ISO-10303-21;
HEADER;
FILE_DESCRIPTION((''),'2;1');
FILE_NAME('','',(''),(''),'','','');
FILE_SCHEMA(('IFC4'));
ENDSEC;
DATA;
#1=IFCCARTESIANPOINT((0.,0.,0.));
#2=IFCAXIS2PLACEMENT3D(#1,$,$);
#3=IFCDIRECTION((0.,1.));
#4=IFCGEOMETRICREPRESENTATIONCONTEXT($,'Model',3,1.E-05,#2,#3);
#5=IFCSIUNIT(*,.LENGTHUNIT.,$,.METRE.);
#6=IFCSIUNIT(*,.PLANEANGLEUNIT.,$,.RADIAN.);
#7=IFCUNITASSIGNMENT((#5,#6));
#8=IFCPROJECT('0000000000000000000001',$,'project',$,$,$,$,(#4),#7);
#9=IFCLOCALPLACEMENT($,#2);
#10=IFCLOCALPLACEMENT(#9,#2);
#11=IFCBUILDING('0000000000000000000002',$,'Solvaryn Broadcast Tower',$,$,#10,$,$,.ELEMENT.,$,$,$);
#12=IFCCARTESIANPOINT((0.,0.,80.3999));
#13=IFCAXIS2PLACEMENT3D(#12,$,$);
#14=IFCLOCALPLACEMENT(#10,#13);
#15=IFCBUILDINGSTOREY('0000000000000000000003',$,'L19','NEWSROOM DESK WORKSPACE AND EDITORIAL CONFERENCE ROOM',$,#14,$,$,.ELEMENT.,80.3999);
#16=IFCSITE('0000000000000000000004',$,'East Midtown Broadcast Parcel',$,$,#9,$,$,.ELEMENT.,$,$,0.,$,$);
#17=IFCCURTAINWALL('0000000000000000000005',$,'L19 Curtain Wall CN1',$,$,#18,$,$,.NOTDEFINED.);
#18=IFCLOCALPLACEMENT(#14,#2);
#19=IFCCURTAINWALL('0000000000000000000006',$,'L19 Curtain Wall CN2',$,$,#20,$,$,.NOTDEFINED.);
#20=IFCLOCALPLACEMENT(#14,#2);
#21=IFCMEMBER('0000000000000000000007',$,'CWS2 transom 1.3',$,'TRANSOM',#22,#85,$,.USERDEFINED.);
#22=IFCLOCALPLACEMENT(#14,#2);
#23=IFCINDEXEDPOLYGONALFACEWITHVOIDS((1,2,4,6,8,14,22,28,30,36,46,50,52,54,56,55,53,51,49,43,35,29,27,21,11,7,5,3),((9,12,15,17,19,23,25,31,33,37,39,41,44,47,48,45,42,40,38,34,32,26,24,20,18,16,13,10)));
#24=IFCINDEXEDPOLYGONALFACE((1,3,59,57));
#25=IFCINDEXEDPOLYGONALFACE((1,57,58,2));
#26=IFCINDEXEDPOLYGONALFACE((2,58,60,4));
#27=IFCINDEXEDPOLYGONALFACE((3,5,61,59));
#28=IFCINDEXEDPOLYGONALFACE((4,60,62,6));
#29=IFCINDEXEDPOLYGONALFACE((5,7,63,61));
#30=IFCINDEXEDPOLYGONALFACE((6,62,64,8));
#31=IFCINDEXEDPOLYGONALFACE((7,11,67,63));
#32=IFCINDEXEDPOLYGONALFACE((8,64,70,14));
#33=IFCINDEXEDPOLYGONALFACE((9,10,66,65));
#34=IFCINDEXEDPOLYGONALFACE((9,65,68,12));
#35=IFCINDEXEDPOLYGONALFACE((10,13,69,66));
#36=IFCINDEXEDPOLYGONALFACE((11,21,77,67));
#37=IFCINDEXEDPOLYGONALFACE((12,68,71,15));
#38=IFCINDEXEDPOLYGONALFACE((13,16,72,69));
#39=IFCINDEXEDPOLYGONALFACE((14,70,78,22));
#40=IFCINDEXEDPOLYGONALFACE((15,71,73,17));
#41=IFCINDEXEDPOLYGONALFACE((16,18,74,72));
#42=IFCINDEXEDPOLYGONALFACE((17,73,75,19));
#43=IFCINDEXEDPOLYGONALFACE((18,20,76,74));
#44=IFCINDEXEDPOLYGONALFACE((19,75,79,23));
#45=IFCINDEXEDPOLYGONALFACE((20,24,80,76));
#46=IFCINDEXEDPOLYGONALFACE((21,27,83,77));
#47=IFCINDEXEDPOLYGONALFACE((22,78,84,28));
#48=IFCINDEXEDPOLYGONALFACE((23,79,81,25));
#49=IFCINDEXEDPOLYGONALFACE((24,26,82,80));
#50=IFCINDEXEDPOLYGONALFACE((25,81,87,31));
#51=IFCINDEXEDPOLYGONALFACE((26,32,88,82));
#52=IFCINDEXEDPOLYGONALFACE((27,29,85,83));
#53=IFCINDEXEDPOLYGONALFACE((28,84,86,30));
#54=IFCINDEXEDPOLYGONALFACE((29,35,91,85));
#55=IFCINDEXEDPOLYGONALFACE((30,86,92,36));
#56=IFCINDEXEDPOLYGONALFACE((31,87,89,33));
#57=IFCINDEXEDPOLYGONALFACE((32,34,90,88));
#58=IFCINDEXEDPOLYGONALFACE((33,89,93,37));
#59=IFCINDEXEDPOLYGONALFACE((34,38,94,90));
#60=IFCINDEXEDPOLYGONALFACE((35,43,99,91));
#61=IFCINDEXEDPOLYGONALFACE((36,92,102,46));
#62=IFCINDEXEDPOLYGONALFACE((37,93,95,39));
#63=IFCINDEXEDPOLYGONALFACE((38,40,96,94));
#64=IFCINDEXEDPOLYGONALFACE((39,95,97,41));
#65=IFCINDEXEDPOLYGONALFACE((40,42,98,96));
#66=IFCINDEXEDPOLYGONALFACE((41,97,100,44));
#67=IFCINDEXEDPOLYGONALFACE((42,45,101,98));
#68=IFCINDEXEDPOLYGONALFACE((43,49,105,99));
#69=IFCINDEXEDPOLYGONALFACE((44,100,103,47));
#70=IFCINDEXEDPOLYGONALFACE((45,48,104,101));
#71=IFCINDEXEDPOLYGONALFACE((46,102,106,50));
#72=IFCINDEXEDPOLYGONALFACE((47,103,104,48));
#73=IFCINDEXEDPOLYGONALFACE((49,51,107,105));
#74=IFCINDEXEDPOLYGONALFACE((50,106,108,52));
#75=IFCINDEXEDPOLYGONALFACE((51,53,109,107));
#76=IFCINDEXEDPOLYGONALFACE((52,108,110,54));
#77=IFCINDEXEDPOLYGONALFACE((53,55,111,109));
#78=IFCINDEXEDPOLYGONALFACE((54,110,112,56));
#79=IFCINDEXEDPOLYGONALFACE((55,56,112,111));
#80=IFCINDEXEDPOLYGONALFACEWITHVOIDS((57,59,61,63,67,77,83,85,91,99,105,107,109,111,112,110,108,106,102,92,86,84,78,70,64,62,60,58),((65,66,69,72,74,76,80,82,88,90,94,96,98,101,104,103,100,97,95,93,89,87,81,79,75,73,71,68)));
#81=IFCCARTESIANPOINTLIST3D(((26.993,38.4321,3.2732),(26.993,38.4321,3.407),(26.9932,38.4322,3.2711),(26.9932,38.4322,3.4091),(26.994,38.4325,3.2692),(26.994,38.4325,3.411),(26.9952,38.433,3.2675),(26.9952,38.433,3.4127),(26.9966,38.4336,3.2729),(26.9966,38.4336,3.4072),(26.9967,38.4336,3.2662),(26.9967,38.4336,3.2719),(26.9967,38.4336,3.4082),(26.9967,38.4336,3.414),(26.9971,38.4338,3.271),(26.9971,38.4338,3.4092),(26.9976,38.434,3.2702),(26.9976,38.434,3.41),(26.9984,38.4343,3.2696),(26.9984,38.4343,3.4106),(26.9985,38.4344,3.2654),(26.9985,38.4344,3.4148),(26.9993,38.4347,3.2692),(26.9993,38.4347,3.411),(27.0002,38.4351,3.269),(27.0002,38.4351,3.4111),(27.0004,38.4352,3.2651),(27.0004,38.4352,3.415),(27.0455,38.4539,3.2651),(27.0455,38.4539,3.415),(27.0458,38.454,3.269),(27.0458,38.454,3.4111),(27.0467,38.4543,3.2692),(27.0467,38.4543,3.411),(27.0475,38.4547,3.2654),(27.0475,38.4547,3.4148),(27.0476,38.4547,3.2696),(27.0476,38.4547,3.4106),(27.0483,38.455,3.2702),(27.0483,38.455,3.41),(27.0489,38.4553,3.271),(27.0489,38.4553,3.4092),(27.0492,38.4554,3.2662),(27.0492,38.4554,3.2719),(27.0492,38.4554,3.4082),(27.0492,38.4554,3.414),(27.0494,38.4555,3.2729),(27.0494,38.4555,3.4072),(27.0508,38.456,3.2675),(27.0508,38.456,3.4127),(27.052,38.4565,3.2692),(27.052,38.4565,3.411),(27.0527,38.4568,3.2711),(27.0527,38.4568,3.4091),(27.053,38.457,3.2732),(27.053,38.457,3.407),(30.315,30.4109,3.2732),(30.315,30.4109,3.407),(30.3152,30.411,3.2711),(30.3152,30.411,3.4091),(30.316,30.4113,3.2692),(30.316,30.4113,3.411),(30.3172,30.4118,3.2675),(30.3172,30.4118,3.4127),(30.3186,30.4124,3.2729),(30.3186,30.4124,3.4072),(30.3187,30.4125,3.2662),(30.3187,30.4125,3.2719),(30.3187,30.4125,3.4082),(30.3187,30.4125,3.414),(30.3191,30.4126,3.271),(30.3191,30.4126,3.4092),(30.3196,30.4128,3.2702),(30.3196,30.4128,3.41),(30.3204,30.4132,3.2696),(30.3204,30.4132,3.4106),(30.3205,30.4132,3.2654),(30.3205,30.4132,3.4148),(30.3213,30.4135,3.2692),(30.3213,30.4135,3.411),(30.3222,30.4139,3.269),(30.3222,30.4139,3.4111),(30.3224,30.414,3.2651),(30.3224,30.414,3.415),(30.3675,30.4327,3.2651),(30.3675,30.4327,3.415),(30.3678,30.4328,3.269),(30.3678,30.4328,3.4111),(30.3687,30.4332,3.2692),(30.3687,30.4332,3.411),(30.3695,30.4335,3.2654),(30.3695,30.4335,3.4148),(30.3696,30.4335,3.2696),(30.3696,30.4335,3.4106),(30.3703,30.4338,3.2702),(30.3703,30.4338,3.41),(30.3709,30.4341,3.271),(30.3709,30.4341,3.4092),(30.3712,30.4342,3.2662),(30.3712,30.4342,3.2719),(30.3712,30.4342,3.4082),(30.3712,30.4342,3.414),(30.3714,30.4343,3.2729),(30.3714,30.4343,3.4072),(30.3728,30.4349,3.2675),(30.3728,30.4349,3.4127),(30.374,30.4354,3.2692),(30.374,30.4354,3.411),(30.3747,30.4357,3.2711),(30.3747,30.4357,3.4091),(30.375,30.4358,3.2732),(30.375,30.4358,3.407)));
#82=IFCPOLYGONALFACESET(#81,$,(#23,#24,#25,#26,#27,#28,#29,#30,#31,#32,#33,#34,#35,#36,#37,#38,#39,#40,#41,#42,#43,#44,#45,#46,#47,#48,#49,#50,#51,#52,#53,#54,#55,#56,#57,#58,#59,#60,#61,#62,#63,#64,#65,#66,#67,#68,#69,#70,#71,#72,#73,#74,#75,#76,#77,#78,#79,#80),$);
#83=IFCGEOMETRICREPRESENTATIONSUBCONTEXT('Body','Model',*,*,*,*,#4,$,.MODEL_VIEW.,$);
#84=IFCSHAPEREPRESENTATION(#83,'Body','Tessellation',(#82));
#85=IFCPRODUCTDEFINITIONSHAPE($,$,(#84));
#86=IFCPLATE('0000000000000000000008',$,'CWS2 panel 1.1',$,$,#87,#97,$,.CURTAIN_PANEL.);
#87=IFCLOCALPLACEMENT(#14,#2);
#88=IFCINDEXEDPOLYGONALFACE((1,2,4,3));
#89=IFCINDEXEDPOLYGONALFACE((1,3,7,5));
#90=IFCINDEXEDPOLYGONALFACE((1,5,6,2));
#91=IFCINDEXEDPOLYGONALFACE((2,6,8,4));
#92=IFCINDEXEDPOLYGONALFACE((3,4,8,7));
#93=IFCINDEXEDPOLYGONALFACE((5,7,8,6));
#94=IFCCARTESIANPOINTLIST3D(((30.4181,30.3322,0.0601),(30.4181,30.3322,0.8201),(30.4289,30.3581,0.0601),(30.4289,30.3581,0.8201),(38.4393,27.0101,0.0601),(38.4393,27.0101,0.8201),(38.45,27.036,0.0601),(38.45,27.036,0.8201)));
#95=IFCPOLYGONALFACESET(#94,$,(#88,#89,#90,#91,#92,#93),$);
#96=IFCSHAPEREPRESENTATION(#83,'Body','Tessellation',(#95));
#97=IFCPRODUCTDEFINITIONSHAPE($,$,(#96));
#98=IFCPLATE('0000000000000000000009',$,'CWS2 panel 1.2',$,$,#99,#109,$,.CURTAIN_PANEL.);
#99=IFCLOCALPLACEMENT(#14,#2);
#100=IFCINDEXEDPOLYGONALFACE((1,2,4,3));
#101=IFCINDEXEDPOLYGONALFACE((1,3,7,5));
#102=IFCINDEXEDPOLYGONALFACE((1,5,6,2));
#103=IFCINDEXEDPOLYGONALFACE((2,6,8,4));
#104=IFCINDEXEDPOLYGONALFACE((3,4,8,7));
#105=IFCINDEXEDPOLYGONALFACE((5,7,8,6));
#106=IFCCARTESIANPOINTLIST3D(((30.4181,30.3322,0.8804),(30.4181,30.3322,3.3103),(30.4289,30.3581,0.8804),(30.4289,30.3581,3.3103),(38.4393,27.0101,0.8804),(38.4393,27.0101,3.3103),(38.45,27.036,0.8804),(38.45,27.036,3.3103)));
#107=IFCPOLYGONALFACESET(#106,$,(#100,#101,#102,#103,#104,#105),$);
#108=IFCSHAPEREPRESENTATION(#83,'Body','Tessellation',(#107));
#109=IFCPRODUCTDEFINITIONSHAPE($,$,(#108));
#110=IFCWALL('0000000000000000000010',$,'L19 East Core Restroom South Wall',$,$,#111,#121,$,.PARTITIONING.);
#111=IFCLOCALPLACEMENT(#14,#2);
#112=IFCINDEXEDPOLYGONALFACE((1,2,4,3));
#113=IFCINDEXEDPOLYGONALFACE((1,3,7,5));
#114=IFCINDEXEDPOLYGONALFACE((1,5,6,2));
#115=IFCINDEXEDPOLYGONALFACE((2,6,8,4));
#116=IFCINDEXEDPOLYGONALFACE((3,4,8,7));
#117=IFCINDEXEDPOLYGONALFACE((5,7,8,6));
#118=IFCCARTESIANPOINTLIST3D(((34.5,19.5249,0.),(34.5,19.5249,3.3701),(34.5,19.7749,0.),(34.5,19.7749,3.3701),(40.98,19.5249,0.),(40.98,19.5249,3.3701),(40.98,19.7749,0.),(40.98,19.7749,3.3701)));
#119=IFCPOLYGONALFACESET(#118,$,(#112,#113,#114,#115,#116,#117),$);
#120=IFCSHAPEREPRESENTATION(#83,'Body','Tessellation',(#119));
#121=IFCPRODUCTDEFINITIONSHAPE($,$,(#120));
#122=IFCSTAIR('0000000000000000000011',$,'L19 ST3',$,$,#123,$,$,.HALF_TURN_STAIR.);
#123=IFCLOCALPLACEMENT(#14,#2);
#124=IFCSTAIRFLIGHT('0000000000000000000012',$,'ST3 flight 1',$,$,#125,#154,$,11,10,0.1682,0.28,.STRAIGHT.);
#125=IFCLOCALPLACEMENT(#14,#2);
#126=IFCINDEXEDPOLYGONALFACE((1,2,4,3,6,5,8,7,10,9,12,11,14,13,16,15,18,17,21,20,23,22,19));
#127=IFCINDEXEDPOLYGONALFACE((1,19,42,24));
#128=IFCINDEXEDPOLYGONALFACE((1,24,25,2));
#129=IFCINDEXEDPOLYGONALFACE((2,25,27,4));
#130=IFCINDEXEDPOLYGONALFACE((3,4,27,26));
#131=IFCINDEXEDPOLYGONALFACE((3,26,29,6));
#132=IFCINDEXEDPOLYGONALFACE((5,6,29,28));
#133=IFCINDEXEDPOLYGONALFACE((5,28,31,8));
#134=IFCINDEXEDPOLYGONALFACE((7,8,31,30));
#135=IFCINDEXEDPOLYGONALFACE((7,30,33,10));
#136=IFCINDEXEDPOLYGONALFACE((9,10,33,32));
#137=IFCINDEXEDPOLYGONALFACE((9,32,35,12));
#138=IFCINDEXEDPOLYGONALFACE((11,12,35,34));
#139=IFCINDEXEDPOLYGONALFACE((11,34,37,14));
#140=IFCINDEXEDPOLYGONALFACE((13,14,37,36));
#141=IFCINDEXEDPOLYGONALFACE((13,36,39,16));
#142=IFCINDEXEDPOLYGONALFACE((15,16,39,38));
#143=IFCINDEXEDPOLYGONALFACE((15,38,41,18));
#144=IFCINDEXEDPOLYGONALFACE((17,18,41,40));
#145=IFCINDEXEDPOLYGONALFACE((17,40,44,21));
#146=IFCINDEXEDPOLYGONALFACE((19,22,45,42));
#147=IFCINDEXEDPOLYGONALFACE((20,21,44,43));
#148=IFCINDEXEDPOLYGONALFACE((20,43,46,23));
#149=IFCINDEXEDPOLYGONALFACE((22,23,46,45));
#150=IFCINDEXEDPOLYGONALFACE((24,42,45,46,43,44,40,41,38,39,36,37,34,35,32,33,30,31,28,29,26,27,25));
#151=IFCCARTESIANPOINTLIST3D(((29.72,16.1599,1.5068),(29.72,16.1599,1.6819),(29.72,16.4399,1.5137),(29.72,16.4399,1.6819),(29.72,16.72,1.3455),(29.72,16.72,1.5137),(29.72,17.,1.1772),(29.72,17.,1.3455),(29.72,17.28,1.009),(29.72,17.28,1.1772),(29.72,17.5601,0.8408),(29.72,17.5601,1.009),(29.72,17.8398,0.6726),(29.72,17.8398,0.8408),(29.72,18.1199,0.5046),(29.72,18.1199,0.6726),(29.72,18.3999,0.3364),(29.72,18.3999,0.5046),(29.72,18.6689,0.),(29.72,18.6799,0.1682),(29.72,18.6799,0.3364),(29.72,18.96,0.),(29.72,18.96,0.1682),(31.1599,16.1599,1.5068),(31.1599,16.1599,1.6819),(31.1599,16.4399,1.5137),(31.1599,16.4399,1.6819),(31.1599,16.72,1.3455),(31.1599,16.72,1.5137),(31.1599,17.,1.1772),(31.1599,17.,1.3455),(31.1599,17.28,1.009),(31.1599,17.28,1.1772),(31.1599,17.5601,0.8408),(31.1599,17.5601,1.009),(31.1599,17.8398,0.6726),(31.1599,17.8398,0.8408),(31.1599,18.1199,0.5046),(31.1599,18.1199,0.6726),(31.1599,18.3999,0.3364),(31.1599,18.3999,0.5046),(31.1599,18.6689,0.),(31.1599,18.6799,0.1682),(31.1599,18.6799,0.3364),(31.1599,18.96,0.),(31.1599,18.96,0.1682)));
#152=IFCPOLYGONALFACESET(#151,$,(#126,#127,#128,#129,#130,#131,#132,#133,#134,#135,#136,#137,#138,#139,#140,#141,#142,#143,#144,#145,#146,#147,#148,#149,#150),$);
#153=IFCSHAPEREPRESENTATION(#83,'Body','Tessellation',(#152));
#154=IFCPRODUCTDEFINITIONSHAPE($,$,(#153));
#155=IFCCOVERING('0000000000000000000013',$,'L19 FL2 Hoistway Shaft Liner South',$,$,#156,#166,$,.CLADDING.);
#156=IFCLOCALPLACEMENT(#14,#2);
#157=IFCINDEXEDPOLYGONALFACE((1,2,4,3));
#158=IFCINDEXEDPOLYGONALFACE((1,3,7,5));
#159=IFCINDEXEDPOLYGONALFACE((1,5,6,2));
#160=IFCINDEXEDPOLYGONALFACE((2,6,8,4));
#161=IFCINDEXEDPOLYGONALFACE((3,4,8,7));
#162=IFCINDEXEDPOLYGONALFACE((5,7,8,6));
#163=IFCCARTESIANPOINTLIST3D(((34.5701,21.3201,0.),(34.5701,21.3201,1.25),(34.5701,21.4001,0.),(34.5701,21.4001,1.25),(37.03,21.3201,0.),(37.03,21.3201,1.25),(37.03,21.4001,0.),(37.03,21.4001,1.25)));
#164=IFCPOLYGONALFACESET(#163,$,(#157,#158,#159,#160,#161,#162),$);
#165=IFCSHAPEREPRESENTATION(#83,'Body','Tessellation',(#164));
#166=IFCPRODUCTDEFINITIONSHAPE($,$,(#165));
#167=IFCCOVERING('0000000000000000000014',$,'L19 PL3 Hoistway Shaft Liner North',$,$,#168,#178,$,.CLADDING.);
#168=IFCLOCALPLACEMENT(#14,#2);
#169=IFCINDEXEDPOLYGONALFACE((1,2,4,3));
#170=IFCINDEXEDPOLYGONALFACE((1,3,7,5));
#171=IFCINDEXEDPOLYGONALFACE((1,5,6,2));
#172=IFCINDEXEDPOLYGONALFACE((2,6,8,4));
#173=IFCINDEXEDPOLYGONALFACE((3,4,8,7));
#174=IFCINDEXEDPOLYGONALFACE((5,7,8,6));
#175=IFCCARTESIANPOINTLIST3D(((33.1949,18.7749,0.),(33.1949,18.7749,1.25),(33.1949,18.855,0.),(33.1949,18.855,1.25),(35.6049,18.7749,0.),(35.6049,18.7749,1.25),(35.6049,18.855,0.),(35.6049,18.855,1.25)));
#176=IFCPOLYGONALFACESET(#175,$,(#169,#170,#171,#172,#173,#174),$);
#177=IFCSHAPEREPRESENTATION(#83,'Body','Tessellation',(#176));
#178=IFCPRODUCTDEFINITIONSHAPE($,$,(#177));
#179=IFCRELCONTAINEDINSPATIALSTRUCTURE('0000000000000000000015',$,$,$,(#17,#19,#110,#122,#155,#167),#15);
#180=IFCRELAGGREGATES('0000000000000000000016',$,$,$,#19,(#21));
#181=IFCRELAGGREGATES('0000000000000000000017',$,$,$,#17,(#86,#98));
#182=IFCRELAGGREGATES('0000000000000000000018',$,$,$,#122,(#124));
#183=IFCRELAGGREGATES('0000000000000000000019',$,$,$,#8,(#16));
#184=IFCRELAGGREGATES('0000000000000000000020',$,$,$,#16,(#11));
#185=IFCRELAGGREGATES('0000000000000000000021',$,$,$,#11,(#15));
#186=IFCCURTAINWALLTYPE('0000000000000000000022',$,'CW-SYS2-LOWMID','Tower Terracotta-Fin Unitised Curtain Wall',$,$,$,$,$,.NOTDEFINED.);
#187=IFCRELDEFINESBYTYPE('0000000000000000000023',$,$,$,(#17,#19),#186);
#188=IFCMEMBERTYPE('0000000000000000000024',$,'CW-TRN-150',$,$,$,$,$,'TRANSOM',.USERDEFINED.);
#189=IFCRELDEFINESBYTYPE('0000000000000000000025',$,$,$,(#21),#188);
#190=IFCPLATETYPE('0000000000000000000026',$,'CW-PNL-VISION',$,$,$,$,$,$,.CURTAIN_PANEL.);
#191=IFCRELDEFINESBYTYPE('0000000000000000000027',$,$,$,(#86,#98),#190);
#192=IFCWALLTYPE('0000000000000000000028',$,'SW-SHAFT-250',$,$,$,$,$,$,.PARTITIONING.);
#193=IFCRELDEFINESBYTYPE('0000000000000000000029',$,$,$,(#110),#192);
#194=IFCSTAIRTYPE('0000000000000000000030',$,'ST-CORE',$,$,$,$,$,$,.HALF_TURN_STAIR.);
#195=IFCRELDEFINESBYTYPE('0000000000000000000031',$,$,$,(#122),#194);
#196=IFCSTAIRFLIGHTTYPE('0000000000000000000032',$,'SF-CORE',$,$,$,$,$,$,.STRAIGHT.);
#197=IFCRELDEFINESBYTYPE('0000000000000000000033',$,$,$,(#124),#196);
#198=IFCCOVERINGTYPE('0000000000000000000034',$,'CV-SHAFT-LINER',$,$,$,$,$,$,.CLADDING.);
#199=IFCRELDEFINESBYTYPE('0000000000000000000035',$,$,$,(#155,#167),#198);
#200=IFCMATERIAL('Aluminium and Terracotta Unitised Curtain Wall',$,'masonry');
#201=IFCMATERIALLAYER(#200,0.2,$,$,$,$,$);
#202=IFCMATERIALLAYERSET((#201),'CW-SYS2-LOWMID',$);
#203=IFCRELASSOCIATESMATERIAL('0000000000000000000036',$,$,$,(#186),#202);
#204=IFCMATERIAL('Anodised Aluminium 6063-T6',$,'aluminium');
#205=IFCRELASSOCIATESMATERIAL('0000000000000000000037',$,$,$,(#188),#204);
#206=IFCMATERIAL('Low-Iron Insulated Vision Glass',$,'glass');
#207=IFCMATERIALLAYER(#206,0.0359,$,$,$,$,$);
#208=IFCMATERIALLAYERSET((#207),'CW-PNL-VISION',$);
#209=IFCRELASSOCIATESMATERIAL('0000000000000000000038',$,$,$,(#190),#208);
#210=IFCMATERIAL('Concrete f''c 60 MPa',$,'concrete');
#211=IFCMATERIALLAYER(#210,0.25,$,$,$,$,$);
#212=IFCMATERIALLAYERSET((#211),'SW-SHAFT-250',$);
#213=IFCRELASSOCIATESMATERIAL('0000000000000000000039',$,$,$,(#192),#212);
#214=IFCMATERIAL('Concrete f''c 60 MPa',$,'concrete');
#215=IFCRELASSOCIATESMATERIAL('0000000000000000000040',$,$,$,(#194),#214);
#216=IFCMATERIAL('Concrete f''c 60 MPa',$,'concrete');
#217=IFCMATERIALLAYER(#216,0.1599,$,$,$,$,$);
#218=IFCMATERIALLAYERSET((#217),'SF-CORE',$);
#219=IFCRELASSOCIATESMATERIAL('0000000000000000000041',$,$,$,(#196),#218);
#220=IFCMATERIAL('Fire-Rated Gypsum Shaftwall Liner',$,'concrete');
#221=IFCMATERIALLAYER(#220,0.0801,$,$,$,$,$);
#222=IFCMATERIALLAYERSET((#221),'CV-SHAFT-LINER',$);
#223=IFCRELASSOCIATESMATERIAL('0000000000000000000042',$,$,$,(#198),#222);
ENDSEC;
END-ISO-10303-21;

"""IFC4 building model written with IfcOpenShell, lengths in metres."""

from ifc_helpers import new_model, si_unit, direction, frame, frame_2d, origin, origin_2d, place, context, subcontext, project, spatial, polyline, rectangle, hollow_rectangle, outline, extrude, material, layer, layer_set, material_profile, profile_set, type_object, element, aggregate, save


model = new_model("IFC4")

# Units and contexts
model_context = context("Model", 3, precision=1e-05, world=origin(), true_north=direction((0.0, 1.0)))
body_context = subcontext(model_context, "Body", "Model", "MODEL_VIEW")
ifc_project = project(units=[si_unit("LENGTHUNIT", "METRE"), si_unit("PLANEANGLEUNIT", "RADIAN")], contexts=[model_context])

# Site, building, storey
site_placement = place(None, origin())
site = spatial("IfcSite", under=ifc_project, at=site_placement, Name="East Midtown Broadcast Parcel", CompositionType="ELEMENT", RefElevation=0.0)
building_placement = place(site_placement, origin())
building = spatial("IfcBuilding", under=site, at=building_placement, Name="Solvaryn Broadcast Tower", CompositionType="ELEMENT")
storey_placement = place(building_placement, frame((0.0, 0.0, 80.3999)))
storey = spatial("IfcBuildingStorey", under=building, at=storey_placement, Name="L19", Description="NEWSROOM DESK WORKSPACE AND EDITORIAL CONFERENCE ROOM", CompositionType="ELEMENT", Elevation=80.3999)

# Curtain wall
ifc_material_1 = material(Name="Aluminium and Terracotta Unitised Curtain Wall", Category="masonry")
ifc_layer_1 = layer(ifc_material_1, 0.2)
ifc_layer_set_1 = layer_set([ifc_layer_1], Name="CW-SYS2-LOWMID")
curtain_wall_type = type_object("IfcCurtainWallType", Name="CW-SYS2-LOWMID", Description="Tower Terracotta-Fin Unitised Curtain Wall", PredefinedType="NOTDEFINED", material=ifc_layer_set_1)
curtain_wall_1_placement = place(storey_placement, origin())
curtain_wall_1 = element("IfcCurtainWall", 1, at=curtain_wall_1_placement, inside=storey, type_object=curtain_wall_type, Name="L19 Curtain Wall CN1", PredefinedType="NOTDEFINED")

# Curtain wall, member
curtain_wall_2_placement = place(storey_placement, origin())
curtain_wall_2 = element("IfcCurtainWall", 2, at=curtain_wall_2_placement, inside=storey, type_object=curtain_wall_type, Name="L19 Curtain Wall CN2", PredefinedType="NOTDEFINED")
ifc_material_2 = material(Name="Anodised Aluminium 6063-T6", Category="aluminium")
ifc_material_profile_1 = material_profile(ifc_material_2, hollow_rectangle(XDim=0.0649, YDim=0.1499, WallThickness=0.0039, InnerFilletRadius=0.0039, OuterFilletRadius=0.0081, at=origin_2d()))
ifc_profile_set_1 = profile_set([ifc_material_profile_1], Name="Anodised Aluminium 6063-T6")
member_type_1 = type_object("IfcMemberType", Name="CW-TRN-150", ElementType="TRANSOM", PredefinedType="USERDEFINED", material=ifc_profile_set_1)
member_1_placement = place(storey_placement, frame((30.345, 30.4233, 3.3401), z_axis=(-0.382636, 0.923899, 0.0), x_axis=(-0.923899, -0.382636, 0.0)))
member_1 = element("IfcMember", 3, at=member_1_placement, type_object=member_type_1, Name="CWS2 transom 1.3", ObjectType="TRANSOM", PredefinedType="USERDEFINED", context=body_context, shape_type="SweptSolid", body=[
    extrude(hollow_rectangle(XDim=0.0649, YDim=0.1499, WallThickness=0.0039, InnerFilletRadius=0.0039, OuterFilletRadius=0.0081, at=origin_2d()), origin(), (0.0, 0.0, 1.0), 8.6819),
])
aggregate(curtain_wall_2, [member_1])

# Plates
ifc_material_3 = material(Name="Low-Iron Insulated Vision Glass", Category="glass")
ifc_layer_2 = layer(ifc_material_3, 0.0359)
ifc_layer_set_2 = layer_set([ifc_layer_2], Name="CW-PNL-VISION")
plate_type = type_object("IfcPlateType", Name="CW-PNL-VISION", PredefinedType="CURTAIN_PANEL", material=ifc_layer_set_2)
plate_1_placement = place(storey_placement, frame((34.4341, 28.6841, 0.0601), z_axis=(0.0, 0.0, 1.0), x_axis=(-0.923895, 0.382646, 0.0)))
plate_1 = element("IfcPlate", 4, at=plate_1_placement, type_object=plate_type, Name="CWS2 panel 1.1", PredefinedType="CURTAIN_PANEL", context=body_context, shape_type="SweptSolid", body=[
    extrude(rectangle(XDim=8.6819, YDim=0.0281, at=origin_2d()), origin(), (0.0, 0.0, 1.0), 0.76),
])
plate_2_placement = place(storey_placement, frame((34.4341, 28.6841, 0.8804), z_axis=(0.0, 0.0, 1.0), x_axis=(-0.923895, 0.382646, 0.0)))
plate_2 = element("IfcPlate", 5, at=plate_2_placement, type_object=plate_type, Name="CWS2 panel 1.2", PredefinedType="CURTAIN_PANEL", context=body_context, shape_type="SweptSolid", body=[
    extrude(rectangle(XDim=8.6819, YDim=0.0281, at=origin_2d()), origin(), (0.0, 0.0, 1.0), 2.4299),
])
aggregate(curtain_wall_1, [plate_1, plate_2])

# Shared definitions
ifc_material_4 = material(Name="Concrete f'c 60 MPa", Category="concrete")
ifc_layer_3 = layer(ifc_material_4, 0.25)
ifc_layer_set_3 = layer_set([ifc_layer_3], Name="SW-SHAFT-250")
wall_type_1 = type_object("IfcWallType", Name="SW-SHAFT-250", PredefinedType="PARTITIONING", material=ifc_layer_set_3)

# Wall
wall_1_placement = place(storey_placement, frame((34.5, 19.6499, 0.0), z_axis=(0.0, 0.0, 1.0), x_axis=(1.0, 0.0, 0.0)))
element("IfcWall", 6, at=wall_1_placement, inside=storey, type_object=wall_type_1, Name="L19 East Core Restroom South Wall", PredefinedType="PARTITIONING", context=body_context, shape_type="SweptSolid", body=[
    extrude(rectangle(XDim=6.48, YDim=0.25, at=frame_2d((3.24, 0.0))), origin(), (0.0, 0.0, 1.0), 3.3701),
])

# Stair, stair flight
ifc_material_5 = material(Name="Concrete f'c 60 MPa", Category="concrete")
stair_type = type_object("IfcStairType", Name="ST-CORE", PredefinedType="HALF_TURN_STAIR", material=ifc_material_5)
stair_placement = place(storey_placement, origin())
stair = element("IfcStair", 7, at=stair_placement, inside=storey, type_object=stair_type, Name="L19 ST3", PredefinedType="HALF_TURN_STAIR")
ifc_material_6 = material(Name="Concrete f'c 60 MPa", Category="concrete")
ifc_layer_4 = layer(ifc_material_6, 0.1599)
ifc_layer_set_4 = layer_set([ifc_layer_4], Name="SF-CORE")
stair_flight_type = type_object("IfcStairFlightType", Name="SF-CORE", PredefinedType="STRAIGHT", material=ifc_layer_set_4)
stair_flight_placement = place(storey_placement, frame((30.4399, 18.96, 0.0), z_axis=(0.0, 0.0, 1.0), x_axis=(0.0, -1.0, 0.0)))
stair_flight = element("IfcStairFlight", 8, at=stair_flight_placement, type_object=stair_flight_type, Name="ST3 flight 1", NumberOfRisers=11, NumberOfTreads=10, PredefinedType="STRAIGHT", RiserHeight=0.1682, TreadLength=0.28, context=body_context, shape_type="SweptSolid", body=[
    extrude(outline(polyline([(0.0, 0.0), (0.0, 0.1682), (0.28, 0.1682), (0.28, 0.3364), (0.5601, 0.3364), (0.5601, 0.5046), (0.8401, 0.5046), (0.8401, 0.6726), (1.1201, 0.6726), (1.1201, 0.8408), (1.3999, 0.8408), (1.3999, 1.009), (1.6799, 1.009), (1.6799, 1.1772), (1.96, 1.1772), (1.96, 1.3455), (2.24, 1.3455), (2.24, 1.5137), (2.52, 1.5137), (2.52, 1.6819), (2.8, 1.6819), (2.8, 1.8501), (2.8, 1.5068), (0.291, 0.0), (0.0, 0.0)])), frame((0.0, 0.72, 0.0), z_axis=(0.0, -1.0, 0.0), x_axis=(1.0, 0.0, 0.0)), (0.0, 0.0, 1.0), 1.4399),
])
aggregate(stair, [stair_flight])

# Coverings
ifc_material_7 = material(Name="Fire-Rated Gypsum Shaftwall Liner", Category="concrete")
ifc_layer_5 = layer(ifc_material_7, 0.0801)
ifc_layer_set_5 = layer_set([ifc_layer_5], Name="CV-SHAFT-LINER")
covering_type_1 = type_object("IfcCoveringType", Name="CV-SHAFT-LINER", PredefinedType="CLADDING", material=ifc_layer_set_5)
covering_1_placement = place(storey_placement, frame((35.8, 21.3601, 0.0), z_axis=(0.0, 0.0, 1.0), x_axis=(1.0, 0.0, 0.0)))
element("IfcCovering", 9, at=covering_1_placement, inside=storey, type_object=covering_type_1, Name="L19 FL2 Hoistway Shaft Liner South", PredefinedType="CLADDING", context=body_context, shape_type="SweptSolid", body=[
    extrude(rectangle(XDim=2.46, YDim=0.0801, at=origin_2d()), origin(), (0.0, 0.0, 1.0), 1.25),
])
covering_2_placement = place(storey_placement, frame((34.3999, 18.8149, 0.0), z_axis=(0.0, 0.0, 1.0), x_axis=(1.0, 0.0, 0.0)))
element("IfcCovering", 10, at=covering_2_placement, inside=storey, type_object=covering_type_1, Name="L19 PL3 Hoistway Shaft Liner North", PredefinedType="CLADDING", context=body_context, shape_type="SweptSolid", body=[
    extrude(rectangle(XDim=2.4099, YDim=0.0801, at=origin_2d()), origin(), (0.0, 0.0, 1.0), 1.25),
])

save(model, "model.ifc")
